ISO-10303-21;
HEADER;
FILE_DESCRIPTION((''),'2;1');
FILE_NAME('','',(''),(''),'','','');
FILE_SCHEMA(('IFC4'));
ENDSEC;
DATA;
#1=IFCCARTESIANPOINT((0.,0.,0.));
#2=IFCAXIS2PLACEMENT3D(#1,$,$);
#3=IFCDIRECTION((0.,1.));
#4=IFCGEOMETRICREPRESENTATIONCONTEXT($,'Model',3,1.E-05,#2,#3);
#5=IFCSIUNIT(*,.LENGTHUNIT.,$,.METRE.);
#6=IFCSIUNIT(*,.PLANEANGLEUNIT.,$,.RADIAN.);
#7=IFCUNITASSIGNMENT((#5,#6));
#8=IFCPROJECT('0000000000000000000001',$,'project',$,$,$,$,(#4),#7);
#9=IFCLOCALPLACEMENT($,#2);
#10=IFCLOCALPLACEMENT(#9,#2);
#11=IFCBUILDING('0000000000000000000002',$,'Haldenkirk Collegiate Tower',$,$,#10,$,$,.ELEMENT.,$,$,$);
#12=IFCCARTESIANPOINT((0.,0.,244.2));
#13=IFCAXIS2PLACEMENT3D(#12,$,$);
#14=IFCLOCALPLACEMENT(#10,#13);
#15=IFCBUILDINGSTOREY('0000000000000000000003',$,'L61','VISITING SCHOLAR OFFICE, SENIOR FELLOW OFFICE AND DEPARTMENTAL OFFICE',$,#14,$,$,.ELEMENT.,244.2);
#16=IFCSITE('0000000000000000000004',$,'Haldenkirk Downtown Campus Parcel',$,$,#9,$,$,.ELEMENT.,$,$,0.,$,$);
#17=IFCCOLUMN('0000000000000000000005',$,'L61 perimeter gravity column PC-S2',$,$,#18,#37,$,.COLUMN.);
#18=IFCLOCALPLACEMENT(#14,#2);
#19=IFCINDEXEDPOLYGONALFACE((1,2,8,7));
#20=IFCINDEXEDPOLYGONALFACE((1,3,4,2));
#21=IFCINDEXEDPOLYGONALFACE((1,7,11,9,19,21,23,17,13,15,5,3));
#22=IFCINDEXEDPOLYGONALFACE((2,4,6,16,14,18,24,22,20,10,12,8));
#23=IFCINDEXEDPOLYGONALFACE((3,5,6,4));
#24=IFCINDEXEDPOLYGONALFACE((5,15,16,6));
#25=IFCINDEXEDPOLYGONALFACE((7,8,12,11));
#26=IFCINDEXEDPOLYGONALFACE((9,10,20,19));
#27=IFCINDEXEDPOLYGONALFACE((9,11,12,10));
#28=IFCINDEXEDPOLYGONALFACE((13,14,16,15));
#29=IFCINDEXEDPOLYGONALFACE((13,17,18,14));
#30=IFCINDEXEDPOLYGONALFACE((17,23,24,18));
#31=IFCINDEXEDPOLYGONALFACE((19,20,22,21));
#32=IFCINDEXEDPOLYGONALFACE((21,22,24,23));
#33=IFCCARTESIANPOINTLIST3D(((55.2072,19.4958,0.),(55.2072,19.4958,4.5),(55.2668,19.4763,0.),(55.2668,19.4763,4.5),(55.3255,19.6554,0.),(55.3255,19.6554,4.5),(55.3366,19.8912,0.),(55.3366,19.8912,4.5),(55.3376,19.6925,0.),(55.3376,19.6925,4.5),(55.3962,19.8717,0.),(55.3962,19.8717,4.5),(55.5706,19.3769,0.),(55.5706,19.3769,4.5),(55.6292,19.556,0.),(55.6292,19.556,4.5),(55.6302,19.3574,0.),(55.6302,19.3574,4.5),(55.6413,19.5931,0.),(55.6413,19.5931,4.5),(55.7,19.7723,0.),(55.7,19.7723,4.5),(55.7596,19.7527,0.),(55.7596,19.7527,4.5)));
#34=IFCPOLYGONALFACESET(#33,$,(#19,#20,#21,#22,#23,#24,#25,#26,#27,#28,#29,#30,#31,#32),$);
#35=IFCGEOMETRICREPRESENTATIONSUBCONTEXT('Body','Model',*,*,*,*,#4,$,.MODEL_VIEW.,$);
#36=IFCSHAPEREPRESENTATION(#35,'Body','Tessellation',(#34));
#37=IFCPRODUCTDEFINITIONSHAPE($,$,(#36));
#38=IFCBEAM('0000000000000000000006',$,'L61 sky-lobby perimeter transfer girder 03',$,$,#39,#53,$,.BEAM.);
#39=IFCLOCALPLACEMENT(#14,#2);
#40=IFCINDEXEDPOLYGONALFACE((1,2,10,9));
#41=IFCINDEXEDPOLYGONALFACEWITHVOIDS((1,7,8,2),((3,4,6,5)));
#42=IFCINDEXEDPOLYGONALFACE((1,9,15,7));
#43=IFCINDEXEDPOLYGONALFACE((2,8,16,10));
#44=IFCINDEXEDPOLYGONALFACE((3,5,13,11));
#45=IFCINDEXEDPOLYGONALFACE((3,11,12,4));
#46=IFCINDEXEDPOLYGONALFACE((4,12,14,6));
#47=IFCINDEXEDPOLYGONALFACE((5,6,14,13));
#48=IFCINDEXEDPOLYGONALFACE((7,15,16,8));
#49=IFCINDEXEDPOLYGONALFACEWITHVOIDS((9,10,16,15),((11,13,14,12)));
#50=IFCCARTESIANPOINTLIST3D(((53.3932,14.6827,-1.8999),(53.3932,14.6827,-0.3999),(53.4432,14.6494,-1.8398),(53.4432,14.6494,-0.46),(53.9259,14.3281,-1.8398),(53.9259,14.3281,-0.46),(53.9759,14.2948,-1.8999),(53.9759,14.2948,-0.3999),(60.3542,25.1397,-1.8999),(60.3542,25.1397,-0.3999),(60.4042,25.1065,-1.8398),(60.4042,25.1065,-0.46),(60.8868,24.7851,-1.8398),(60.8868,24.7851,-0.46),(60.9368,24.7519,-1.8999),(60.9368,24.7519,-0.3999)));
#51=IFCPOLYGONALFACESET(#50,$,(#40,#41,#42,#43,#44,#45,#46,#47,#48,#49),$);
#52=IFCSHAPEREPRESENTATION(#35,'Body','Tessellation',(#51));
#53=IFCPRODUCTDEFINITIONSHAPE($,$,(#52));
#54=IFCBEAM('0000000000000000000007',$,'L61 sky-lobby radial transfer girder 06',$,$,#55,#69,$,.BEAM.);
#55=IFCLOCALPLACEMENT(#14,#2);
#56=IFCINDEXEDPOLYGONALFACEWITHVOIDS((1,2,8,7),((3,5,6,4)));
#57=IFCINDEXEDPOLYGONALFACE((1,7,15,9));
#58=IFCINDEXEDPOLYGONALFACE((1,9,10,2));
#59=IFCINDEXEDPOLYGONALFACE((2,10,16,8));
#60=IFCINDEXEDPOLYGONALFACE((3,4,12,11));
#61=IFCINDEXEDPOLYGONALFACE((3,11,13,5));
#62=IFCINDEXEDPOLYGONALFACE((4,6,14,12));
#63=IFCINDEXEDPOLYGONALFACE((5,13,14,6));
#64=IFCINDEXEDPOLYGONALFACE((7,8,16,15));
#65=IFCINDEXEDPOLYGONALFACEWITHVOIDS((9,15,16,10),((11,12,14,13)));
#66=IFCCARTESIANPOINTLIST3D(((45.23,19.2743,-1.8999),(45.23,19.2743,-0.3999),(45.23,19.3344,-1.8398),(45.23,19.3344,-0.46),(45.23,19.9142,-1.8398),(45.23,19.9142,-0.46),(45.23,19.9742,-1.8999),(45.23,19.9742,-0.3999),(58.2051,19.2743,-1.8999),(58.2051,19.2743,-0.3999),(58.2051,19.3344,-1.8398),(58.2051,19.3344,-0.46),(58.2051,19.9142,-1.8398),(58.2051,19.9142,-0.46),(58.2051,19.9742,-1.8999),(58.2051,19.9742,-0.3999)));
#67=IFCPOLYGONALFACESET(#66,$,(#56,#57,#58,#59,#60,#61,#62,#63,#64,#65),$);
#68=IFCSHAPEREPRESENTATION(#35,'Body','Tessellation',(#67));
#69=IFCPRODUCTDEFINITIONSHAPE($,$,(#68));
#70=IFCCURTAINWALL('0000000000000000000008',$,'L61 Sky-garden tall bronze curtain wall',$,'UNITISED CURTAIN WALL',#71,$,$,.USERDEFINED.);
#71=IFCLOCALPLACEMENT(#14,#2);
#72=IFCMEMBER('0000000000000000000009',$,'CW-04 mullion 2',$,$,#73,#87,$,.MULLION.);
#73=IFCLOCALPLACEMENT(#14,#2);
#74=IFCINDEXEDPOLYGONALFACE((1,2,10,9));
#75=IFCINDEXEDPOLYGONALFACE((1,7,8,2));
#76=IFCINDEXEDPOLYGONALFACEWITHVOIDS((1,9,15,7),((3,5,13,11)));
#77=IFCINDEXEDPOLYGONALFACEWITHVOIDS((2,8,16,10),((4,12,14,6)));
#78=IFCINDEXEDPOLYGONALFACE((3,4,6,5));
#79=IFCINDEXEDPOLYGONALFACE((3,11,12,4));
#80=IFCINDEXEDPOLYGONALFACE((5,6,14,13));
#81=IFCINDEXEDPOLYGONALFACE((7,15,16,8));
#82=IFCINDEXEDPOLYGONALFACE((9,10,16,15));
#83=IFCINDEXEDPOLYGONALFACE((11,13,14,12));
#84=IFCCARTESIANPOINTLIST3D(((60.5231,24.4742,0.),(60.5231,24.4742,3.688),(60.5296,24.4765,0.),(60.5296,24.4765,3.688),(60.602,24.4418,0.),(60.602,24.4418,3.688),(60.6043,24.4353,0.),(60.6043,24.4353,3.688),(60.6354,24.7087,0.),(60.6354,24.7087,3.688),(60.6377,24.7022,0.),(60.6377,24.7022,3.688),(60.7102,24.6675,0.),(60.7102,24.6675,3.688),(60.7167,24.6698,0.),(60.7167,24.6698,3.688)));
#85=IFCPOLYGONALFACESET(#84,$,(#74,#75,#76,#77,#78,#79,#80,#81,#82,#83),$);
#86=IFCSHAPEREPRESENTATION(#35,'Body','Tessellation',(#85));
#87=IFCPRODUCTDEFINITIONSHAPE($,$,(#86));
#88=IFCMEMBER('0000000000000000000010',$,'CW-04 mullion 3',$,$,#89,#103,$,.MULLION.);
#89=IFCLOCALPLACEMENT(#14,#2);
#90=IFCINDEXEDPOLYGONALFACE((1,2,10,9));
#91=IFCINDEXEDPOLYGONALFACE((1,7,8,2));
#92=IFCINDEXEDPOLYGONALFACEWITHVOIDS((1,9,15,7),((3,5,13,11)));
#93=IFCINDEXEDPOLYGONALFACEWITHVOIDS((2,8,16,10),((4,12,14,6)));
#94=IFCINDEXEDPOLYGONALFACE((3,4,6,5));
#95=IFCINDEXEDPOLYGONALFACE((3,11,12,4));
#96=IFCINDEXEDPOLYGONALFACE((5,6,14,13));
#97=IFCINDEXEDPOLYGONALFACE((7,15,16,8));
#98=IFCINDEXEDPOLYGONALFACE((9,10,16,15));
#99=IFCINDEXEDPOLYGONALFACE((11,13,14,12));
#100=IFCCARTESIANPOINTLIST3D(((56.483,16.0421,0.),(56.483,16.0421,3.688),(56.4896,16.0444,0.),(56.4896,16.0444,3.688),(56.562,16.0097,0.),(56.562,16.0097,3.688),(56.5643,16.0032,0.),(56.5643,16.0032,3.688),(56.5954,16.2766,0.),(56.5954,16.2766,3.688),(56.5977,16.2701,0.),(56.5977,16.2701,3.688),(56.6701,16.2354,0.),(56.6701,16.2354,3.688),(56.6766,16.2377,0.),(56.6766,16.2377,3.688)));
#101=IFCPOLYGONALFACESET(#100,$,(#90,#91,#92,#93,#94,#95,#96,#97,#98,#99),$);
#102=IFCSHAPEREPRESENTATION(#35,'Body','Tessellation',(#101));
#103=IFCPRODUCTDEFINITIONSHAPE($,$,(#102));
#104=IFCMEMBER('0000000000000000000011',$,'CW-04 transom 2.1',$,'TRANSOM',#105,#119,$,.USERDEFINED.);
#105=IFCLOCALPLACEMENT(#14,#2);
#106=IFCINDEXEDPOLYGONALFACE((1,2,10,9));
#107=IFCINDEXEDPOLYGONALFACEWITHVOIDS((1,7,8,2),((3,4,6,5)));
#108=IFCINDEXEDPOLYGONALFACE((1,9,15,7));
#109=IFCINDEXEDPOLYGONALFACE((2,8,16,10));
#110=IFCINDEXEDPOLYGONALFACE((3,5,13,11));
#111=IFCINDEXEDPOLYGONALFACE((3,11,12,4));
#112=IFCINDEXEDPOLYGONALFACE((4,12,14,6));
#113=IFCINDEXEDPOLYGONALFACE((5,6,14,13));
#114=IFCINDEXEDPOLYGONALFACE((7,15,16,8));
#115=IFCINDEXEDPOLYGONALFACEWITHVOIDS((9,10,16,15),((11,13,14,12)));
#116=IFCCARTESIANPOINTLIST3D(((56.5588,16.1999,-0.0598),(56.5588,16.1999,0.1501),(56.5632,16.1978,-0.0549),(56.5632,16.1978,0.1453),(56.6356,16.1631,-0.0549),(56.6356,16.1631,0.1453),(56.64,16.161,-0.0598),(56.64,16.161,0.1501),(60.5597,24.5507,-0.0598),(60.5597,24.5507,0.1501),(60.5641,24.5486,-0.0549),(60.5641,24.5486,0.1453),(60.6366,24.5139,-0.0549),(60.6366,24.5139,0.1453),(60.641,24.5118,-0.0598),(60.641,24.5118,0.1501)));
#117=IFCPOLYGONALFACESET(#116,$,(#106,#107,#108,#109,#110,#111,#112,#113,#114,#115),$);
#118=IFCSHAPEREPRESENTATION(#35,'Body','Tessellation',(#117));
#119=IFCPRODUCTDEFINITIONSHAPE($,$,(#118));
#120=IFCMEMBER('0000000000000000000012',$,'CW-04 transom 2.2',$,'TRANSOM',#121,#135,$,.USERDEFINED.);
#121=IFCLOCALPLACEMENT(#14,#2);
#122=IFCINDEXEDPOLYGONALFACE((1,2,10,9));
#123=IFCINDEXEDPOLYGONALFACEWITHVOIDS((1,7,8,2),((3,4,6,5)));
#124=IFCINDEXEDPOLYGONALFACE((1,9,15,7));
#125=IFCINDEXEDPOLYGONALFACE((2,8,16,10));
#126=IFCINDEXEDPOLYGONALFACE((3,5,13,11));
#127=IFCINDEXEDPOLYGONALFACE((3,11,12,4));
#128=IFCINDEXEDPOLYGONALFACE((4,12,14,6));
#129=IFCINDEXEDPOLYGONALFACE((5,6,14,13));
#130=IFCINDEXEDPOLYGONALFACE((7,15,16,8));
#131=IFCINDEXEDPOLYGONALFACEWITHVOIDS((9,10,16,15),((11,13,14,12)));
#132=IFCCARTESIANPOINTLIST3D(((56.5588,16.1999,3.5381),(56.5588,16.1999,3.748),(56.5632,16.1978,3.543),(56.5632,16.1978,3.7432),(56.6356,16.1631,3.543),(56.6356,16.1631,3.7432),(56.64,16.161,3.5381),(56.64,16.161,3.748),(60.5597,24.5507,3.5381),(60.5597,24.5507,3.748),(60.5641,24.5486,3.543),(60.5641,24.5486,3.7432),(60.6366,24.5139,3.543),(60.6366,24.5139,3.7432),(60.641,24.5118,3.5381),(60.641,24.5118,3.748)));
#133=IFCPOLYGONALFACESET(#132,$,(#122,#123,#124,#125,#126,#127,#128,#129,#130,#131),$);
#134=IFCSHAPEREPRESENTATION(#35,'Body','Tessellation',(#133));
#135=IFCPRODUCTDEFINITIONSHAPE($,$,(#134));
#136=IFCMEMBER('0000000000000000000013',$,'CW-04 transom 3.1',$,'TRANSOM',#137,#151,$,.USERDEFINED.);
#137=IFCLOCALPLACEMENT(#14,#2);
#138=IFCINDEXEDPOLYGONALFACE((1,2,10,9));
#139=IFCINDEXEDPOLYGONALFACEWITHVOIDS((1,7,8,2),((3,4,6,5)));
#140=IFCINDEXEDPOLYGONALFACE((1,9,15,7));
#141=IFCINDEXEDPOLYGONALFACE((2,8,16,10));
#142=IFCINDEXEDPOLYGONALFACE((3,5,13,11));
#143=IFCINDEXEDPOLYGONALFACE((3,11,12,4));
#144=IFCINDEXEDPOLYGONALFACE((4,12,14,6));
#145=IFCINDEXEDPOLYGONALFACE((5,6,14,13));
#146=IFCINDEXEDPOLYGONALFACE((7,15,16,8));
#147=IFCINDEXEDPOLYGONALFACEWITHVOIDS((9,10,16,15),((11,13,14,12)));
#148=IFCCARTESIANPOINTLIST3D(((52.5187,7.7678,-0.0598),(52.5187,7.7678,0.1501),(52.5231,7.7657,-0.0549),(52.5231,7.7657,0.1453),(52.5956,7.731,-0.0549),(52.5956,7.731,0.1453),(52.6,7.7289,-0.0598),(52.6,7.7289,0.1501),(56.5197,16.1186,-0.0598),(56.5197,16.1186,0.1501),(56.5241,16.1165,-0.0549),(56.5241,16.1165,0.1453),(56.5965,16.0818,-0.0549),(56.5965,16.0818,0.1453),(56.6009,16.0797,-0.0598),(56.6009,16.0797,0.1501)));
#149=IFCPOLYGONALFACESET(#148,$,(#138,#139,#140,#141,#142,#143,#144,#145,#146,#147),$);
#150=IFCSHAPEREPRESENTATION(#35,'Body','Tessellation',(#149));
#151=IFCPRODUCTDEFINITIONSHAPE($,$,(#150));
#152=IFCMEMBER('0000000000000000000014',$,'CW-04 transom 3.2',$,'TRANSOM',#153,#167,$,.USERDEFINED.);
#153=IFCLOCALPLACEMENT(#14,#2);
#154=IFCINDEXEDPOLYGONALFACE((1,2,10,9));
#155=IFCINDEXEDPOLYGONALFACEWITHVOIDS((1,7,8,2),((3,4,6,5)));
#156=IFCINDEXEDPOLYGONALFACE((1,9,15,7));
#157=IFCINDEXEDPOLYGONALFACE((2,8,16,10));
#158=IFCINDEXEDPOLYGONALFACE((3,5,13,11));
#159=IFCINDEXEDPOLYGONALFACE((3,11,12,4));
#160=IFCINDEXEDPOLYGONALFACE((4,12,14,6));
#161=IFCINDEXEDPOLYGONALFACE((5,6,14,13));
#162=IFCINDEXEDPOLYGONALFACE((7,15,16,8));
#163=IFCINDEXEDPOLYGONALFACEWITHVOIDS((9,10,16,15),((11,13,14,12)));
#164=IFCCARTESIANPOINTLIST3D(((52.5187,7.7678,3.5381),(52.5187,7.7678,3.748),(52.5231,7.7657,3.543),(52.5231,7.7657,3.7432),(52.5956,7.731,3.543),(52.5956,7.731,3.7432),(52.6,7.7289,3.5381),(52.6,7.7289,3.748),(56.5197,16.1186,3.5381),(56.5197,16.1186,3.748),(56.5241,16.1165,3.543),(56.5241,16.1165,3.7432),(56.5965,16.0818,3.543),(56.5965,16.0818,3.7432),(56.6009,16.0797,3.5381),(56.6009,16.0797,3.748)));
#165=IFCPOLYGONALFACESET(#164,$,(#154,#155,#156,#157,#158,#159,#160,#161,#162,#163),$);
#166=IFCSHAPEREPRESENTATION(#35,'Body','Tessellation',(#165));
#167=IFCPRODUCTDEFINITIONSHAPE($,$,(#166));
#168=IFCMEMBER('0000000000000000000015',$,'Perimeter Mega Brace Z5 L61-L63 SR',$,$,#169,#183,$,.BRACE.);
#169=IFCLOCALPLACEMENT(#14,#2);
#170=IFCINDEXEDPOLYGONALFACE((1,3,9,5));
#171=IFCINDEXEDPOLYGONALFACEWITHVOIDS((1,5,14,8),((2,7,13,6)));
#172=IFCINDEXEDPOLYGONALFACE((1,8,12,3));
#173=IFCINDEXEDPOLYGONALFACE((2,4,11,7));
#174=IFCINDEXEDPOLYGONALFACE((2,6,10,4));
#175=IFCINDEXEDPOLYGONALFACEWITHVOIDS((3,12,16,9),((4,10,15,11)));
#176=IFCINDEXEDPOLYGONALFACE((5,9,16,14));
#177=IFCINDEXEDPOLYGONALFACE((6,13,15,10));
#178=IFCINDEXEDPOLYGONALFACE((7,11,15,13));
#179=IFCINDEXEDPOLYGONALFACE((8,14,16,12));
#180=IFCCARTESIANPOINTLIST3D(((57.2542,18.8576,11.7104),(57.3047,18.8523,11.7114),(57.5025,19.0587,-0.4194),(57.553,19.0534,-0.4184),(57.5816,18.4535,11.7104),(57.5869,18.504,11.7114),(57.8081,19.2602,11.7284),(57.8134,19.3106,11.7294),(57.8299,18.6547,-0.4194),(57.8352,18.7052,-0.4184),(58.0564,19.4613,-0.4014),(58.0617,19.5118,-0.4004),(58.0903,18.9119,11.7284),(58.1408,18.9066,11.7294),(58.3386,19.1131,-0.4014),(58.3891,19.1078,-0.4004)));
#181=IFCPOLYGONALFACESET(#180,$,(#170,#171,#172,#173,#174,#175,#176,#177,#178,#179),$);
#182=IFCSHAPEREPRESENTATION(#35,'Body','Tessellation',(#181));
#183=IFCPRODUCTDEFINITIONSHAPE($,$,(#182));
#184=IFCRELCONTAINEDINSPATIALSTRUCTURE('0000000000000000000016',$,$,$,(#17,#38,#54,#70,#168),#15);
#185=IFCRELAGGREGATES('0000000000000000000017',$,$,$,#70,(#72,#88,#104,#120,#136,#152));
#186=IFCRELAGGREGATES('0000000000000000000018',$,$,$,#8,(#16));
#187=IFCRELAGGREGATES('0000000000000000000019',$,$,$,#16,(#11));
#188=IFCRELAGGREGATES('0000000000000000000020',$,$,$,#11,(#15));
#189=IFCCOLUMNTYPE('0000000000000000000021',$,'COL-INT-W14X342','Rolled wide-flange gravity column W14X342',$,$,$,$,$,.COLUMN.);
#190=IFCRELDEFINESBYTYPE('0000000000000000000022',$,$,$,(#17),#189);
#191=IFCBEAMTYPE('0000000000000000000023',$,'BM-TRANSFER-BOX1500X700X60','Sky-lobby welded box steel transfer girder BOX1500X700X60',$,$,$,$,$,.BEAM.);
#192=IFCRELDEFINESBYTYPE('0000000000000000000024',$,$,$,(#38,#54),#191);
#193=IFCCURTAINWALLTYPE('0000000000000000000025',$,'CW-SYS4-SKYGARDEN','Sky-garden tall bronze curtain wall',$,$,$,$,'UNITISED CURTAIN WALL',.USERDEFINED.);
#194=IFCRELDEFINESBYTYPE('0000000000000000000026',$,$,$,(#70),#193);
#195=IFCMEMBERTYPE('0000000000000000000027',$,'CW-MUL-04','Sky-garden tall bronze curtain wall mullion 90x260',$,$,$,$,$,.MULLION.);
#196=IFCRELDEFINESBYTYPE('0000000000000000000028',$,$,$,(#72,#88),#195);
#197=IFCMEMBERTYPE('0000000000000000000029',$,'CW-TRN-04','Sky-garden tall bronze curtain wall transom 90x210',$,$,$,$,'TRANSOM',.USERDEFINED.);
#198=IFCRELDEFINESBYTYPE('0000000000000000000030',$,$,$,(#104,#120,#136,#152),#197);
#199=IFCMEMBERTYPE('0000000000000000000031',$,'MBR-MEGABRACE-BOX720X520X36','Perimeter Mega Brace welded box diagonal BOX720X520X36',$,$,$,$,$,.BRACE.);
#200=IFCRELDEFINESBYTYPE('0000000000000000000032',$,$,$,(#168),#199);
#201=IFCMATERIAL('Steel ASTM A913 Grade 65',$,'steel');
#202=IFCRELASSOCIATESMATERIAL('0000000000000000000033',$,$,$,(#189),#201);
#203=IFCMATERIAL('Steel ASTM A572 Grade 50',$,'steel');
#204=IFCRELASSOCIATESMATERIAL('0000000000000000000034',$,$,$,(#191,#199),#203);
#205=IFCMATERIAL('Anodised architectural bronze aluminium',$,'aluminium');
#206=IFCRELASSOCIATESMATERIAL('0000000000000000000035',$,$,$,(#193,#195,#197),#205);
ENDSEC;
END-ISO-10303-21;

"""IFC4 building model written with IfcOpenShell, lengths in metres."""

from ifc_helpers import new_model, si_unit, direction, frame, origin, origin_2d, place, context, subcontext, project, spatial, hollow_rectangle, i_section, extrude, material, material_profile, profile_set, type_object, element, aggregate, save


model = new_model("IFC4")

# Units and contexts
model_context = context("Model", 3, precision=1e-05, world=origin(), true_north=direction((0.0, 1.0)))
body_context = subcontext(model_context, "Body", "Model", "MODEL_VIEW")
ifc_project = project(units=[si_unit("LENGTHUNIT", "METRE"), si_unit("PLANEANGLEUNIT", "RADIAN")], contexts=[model_context])

# Site, building, storey
site_placement = place(None, origin())
site = spatial("IfcSite", under=ifc_project, at=site_placement, Name="Haldenkirk Downtown Campus Parcel", CompositionType="ELEMENT", RefElevation=0.0)
building_placement = place(site_placement, origin())
building = spatial("IfcBuilding", under=site, at=building_placement, Name="Haldenkirk Collegiate Tower", CompositionType="ELEMENT")
storey_placement = place(building_placement, frame((0.0, 0.0, 244.2)))
storey = spatial("IfcBuildingStorey", under=building, at=storey_placement, Name="L61", Description="VISITING SCHOLAR OFFICE, SENIOR FELLOW OFFICE AND DEPARTMENTAL OFFICE", CompositionType="ELEMENT", Elevation=244.2)

# Column
ifc_material_1 = material(Name="Steel ASTM A913 Grade 65", Category="steel")
ifc_material_profile_1 = material_profile(ifc_material_1, i_section(OverallWidth=0.416, OverallDepth=0.4451, WebThickness=0.0391, FlangeThickness=0.0627, at=origin_2d()), Name="W14X342")
ifc_profile_set_1 = profile_set([ifc_material_profile_1], Name="Steel ASTM A913 Grade 65")
column_type = type_object("IfcColumnType", Name="COL-INT-W14X342", Description="Rolled wide-flange gravity column W14X342", PredefinedType="COLUMN", material=ifc_profile_set_1)
column_placement = place(storey_placement, frame((55.4834, 19.6243, 0.0), z_axis=(0.0, 0.0, 1.0), x_axis=(0.311008, 0.950407, 0.0)))
element("IfcColumn", 1, at=column_placement, inside=storey, type_object=column_type, Name="L61 perimeter gravity column PC-S2", PredefinedType="COLUMN", context=body_context, shape_type="SweptSolid", body=[
    extrude(i_section(OverallWidth=0.416, OverallDepth=0.4451, WebThickness=0.0391, FlangeThickness=0.0627, at=origin_2d()), origin(), (0.0, 0.0, 1.0), 4.5),
])

# Beams
ifc_material_2 = material(Name="Steel ASTM A572 Grade 50", Category="steel")
ifc_material_profile_2 = material_profile(ifc_material_2, hollow_rectangle(XDim=0.7, YDim=1.5, WallThickness=0.0601, at=origin_2d()), Name="BOX1500X700X60")
ifc_profile_set_2 = profile_set([ifc_material_profile_2], Name="Steel ASTM A572 Grade 50")
beam_type = type_object("IfcBeamType", Name="BM-TRANSFER-BOX1500X700X60", Description="Sky-lobby welded box steel transfer girder BOX1500X700X60", PredefinedType="BEAM", material=ifc_profile_set_2)
beam_1_placement = place(storey_placement, frame((53.6846, 14.4888, -1.1499), z_axis=(0.554126, 0.832433, 0.0), x_axis=(-0.832433, 0.554126, 0.0)))
element("IfcBeam", 2, at=beam_1_placement, inside=storey, type_object=beam_type, Name="L61 sky-lobby perimeter transfer girder 03", PredefinedType="BEAM", context=body_context, shape_type="SweptSolid", body=[
    extrude(hollow_rectangle(XDim=0.7, YDim=1.5, WallThickness=0.0601, at=origin_2d()), origin(), (0.0, 0.0, 1.0), 12.562),
])
beam_2_placement = place(storey_placement, frame((58.2051, 19.6243, -1.1499), z_axis=(-1.0, 0.0, 0.0), x_axis=(0.0, -1.0, 0.0)))
element("IfcBeam", 3, at=beam_2_placement, inside=storey, type_object=beam_type, Name="L61 sky-lobby radial transfer girder 06", PredefinedType="BEAM", context=body_context, shape_type="SweptSolid", body=[
    extrude(hollow_rectangle(XDim=0.7, YDim=1.5, WallThickness=0.0601, at=origin_2d()), origin(), (0.0, 0.0, 1.0), 12.9751),
])

# Curtain wall, members
ifc_material_3 = material(Name="Anodised architectural bronze aluminium", Category="aluminium")
curtain_wall_type = type_object("IfcCurtainWallType", Name="CW-SYS4-SKYGARDEN", Description="Sky-garden tall bronze curtain wall", ElementType="UNITISED CURTAIN WALL", PredefinedType="USERDEFINED", material=ifc_material_3)
curtain_wall_placement = place(storey_placement, origin())
curtain_wall = element("IfcCurtainWall", 4, at=curtain_wall_placement, inside=storey, type_object=curtain_wall_type, Name="L61 Sky-garden tall bronze curtain wall", ObjectType="UNITISED CURTAIN WALL", PredefinedType="USERDEFINED")
ifc_material_profile_3 = material_profile(ifc_material_3, hollow_rectangle(XDim=0.0901, YDim=0.26, WallThickness=0.0049, at=origin_2d()), Name="CW-MUL-04")
ifc_profile_set_3 = profile_set([ifc_material_profile_3], Name="Anodised architectural bronze aluminium")
member_type_1 = type_object("IfcMemberType", Name="CW-MUL-04", Description="Sky-garden tall bronze curtain wall mullion 90x260", PredefinedType="MULLION", material=ifc_profile_set_3)
member_1_placement = place(storey_placement, frame((60.6199, 24.572, 0.0), z_axis=(0.0, 0.0, 1.0), x_axis=(0.901834, -0.432083, 0.0)))
member_1 = element("IfcMember", 5, at=member_1_placement, type_object=member_type_1, Name="CW-04 mullion 2", PredefinedType="MULLION", context=body_context, shape_type="SweptSolid", body=[
    extrude(hollow_rectangle(XDim=0.0901, YDim=0.26, WallThickness=0.0049, at=origin_2d()), origin(), (0.0, 0.0, 1.0), 3.688),
])
member_2_placement = place(storey_placement, frame((56.5798, 16.1399, 0.0), z_axis=(0.0, 0.0, 1.0), x_axis=(0.901834, -0.432083, 0.0)))
member_2 = element("IfcMember", 6, at=member_2_placement, type_object=member_type_1, Name="CW-04 mullion 3", PredefinedType="MULLION", context=body_context, shape_type="SweptSolid", body=[
    extrude(hollow_rectangle(XDim=0.0901, YDim=0.26, WallThickness=0.0049, at=origin_2d()), origin(), (0.0, 0.0, 1.0), 3.688),
])
ifc_material_profile_4 = material_profile(ifc_material_3, hollow_rectangle(XDim=0.0901, YDim=0.21, WallThickness=0.0049, at=origin_2d()), Name="CW-TRN-04")
ifc_profile_set_4 = profile_set([ifc_material_profile_4], Name="Anodised architectural bronze aluminium")
member_type_2 = type_object("IfcMemberType", Name="CW-TRN-04", Description="Sky-garden tall bronze curtain wall transom 90x210", ElementType="TRANSOM", PredefinedType="USERDEFINED", material=ifc_profile_set_4)
member_3_placement = place(storey_placement, frame((60.6003, 24.5312, 0.0452), z_axis=(-0.43208, -0.901836, 0.0), x_axis=(0.901836, -0.43208, 0.0)))
member_3 = element("IfcMember", 7, at=member_3_placement, type_object=member_type_2, Name="CW-04 transom 2.1", ObjectType="TRANSOM", PredefinedType="USERDEFINED", context=body_context, shape_type="SweptSolid", body=[
    extrude(hollow_rectangle(XDim=0.0901, YDim=0.21, WallThickness=0.0049, at=origin_2d()), origin(), (0.0, 0.0, 1.0), 9.2598),
])
member_4_placement = place(storey_placement, frame((60.6003, 24.5312, 3.6431), z_axis=(-0.43208, -0.901836, 0.0), x_axis=(0.901836, -0.43208, 0.0)))
member_4 = element("IfcMember", 8, at=member_4_placement, type_object=member_type_2, Name="CW-04 transom 2.2", ObjectType="TRANSOM", PredefinedType="USERDEFINED", context=body_context, shape_type="SweptSolid", body=[
    extrude(hollow_rectangle(XDim=0.0901, YDim=0.21, WallThickness=0.0049, at=origin_2d()), origin(), (0.0, 0.0, 1.0), 9.2598),
])
member_5_placement = place(storey_placement, frame((56.5603, 16.0991, 0.0452), z_axis=(-0.43208, -0.901836, 0.0), x_axis=(0.901836, -0.43208, 0.0)))
member_5 = element("IfcMember", 9, at=member_5_placement, type_object=member_type_2, Name="CW-04 transom 3.1", ObjectType="TRANSOM", PredefinedType="USERDEFINED", context=body_context, shape_type="SweptSolid", body=[
    extrude(hollow_rectangle(XDim=0.0901, YDim=0.21, WallThickness=0.0049, at=origin_2d()), origin(), (0.0, 0.0, 1.0), 9.2598),
])
member_6_placement = place(storey_placement, frame((56.5603, 16.0991, 3.6431), z_axis=(-0.43208, -0.901836, 0.0), x_axis=(0.901836, -0.43208, 0.0)))
member_6 = element("IfcMember", 10, at=member_6_placement, type_object=member_type_2, Name="CW-04 transom 3.2", ObjectType="TRANSOM", PredefinedType="USERDEFINED", context=body_context, shape_type="SweptSolid", body=[
    extrude(hollow_rectangle(XDim=0.0901, YDim=0.21, WallThickness=0.0049, at=origin_2d()), origin(), (0.0, 0.0, 1.0), 9.2598),
])

# Member
ifc_material_profile_5 = material_profile(ifc_material_2, hollow_rectangle(XDim=0.52, YDim=0.72, WallThickness=0.0359, at=origin_2d()), Name="BOX720X520X36")
ifc_profile_set_5 = profile_set([ifc_material_profile_5], Name="Steel ASTM A572 Grade 50")
member_type_3 = type_object("IfcMemberType", Name="MBR-MEGABRACE-BOX720X520X36", Description="Perimeter Mega Brace welded box diagonal BOX720X520X36", PredefinedType="BRACE", material=ifc_profile_set_5)
member_7_placement = place(storey_placement, frame((57.9458, 19.0833, -0.4099), z_axis=(-0.020462, -0.016579, 0.999653), x_axis=(0.629528, -0.776978, 0.0)))
element("IfcMember", 11, at=member_7_placement, inside=storey, type_object=member_type_3, Name="Perimeter Mega Brace Z5 L61-L63 SR", PredefinedType="BRACE", context=body_context, shape_type="SweptSolid", body=[
    extrude(hollow_rectangle(XDim=0.52, YDim=0.72, WallThickness=0.0359, at=origin_2d()), origin(), (0.0, 0.0, 1.0), 12.134),
])

aggregate(curtain_wall, [member_1, member_2, member_3, member_4, member_5, member_6])

save(model, "model.ifc")
